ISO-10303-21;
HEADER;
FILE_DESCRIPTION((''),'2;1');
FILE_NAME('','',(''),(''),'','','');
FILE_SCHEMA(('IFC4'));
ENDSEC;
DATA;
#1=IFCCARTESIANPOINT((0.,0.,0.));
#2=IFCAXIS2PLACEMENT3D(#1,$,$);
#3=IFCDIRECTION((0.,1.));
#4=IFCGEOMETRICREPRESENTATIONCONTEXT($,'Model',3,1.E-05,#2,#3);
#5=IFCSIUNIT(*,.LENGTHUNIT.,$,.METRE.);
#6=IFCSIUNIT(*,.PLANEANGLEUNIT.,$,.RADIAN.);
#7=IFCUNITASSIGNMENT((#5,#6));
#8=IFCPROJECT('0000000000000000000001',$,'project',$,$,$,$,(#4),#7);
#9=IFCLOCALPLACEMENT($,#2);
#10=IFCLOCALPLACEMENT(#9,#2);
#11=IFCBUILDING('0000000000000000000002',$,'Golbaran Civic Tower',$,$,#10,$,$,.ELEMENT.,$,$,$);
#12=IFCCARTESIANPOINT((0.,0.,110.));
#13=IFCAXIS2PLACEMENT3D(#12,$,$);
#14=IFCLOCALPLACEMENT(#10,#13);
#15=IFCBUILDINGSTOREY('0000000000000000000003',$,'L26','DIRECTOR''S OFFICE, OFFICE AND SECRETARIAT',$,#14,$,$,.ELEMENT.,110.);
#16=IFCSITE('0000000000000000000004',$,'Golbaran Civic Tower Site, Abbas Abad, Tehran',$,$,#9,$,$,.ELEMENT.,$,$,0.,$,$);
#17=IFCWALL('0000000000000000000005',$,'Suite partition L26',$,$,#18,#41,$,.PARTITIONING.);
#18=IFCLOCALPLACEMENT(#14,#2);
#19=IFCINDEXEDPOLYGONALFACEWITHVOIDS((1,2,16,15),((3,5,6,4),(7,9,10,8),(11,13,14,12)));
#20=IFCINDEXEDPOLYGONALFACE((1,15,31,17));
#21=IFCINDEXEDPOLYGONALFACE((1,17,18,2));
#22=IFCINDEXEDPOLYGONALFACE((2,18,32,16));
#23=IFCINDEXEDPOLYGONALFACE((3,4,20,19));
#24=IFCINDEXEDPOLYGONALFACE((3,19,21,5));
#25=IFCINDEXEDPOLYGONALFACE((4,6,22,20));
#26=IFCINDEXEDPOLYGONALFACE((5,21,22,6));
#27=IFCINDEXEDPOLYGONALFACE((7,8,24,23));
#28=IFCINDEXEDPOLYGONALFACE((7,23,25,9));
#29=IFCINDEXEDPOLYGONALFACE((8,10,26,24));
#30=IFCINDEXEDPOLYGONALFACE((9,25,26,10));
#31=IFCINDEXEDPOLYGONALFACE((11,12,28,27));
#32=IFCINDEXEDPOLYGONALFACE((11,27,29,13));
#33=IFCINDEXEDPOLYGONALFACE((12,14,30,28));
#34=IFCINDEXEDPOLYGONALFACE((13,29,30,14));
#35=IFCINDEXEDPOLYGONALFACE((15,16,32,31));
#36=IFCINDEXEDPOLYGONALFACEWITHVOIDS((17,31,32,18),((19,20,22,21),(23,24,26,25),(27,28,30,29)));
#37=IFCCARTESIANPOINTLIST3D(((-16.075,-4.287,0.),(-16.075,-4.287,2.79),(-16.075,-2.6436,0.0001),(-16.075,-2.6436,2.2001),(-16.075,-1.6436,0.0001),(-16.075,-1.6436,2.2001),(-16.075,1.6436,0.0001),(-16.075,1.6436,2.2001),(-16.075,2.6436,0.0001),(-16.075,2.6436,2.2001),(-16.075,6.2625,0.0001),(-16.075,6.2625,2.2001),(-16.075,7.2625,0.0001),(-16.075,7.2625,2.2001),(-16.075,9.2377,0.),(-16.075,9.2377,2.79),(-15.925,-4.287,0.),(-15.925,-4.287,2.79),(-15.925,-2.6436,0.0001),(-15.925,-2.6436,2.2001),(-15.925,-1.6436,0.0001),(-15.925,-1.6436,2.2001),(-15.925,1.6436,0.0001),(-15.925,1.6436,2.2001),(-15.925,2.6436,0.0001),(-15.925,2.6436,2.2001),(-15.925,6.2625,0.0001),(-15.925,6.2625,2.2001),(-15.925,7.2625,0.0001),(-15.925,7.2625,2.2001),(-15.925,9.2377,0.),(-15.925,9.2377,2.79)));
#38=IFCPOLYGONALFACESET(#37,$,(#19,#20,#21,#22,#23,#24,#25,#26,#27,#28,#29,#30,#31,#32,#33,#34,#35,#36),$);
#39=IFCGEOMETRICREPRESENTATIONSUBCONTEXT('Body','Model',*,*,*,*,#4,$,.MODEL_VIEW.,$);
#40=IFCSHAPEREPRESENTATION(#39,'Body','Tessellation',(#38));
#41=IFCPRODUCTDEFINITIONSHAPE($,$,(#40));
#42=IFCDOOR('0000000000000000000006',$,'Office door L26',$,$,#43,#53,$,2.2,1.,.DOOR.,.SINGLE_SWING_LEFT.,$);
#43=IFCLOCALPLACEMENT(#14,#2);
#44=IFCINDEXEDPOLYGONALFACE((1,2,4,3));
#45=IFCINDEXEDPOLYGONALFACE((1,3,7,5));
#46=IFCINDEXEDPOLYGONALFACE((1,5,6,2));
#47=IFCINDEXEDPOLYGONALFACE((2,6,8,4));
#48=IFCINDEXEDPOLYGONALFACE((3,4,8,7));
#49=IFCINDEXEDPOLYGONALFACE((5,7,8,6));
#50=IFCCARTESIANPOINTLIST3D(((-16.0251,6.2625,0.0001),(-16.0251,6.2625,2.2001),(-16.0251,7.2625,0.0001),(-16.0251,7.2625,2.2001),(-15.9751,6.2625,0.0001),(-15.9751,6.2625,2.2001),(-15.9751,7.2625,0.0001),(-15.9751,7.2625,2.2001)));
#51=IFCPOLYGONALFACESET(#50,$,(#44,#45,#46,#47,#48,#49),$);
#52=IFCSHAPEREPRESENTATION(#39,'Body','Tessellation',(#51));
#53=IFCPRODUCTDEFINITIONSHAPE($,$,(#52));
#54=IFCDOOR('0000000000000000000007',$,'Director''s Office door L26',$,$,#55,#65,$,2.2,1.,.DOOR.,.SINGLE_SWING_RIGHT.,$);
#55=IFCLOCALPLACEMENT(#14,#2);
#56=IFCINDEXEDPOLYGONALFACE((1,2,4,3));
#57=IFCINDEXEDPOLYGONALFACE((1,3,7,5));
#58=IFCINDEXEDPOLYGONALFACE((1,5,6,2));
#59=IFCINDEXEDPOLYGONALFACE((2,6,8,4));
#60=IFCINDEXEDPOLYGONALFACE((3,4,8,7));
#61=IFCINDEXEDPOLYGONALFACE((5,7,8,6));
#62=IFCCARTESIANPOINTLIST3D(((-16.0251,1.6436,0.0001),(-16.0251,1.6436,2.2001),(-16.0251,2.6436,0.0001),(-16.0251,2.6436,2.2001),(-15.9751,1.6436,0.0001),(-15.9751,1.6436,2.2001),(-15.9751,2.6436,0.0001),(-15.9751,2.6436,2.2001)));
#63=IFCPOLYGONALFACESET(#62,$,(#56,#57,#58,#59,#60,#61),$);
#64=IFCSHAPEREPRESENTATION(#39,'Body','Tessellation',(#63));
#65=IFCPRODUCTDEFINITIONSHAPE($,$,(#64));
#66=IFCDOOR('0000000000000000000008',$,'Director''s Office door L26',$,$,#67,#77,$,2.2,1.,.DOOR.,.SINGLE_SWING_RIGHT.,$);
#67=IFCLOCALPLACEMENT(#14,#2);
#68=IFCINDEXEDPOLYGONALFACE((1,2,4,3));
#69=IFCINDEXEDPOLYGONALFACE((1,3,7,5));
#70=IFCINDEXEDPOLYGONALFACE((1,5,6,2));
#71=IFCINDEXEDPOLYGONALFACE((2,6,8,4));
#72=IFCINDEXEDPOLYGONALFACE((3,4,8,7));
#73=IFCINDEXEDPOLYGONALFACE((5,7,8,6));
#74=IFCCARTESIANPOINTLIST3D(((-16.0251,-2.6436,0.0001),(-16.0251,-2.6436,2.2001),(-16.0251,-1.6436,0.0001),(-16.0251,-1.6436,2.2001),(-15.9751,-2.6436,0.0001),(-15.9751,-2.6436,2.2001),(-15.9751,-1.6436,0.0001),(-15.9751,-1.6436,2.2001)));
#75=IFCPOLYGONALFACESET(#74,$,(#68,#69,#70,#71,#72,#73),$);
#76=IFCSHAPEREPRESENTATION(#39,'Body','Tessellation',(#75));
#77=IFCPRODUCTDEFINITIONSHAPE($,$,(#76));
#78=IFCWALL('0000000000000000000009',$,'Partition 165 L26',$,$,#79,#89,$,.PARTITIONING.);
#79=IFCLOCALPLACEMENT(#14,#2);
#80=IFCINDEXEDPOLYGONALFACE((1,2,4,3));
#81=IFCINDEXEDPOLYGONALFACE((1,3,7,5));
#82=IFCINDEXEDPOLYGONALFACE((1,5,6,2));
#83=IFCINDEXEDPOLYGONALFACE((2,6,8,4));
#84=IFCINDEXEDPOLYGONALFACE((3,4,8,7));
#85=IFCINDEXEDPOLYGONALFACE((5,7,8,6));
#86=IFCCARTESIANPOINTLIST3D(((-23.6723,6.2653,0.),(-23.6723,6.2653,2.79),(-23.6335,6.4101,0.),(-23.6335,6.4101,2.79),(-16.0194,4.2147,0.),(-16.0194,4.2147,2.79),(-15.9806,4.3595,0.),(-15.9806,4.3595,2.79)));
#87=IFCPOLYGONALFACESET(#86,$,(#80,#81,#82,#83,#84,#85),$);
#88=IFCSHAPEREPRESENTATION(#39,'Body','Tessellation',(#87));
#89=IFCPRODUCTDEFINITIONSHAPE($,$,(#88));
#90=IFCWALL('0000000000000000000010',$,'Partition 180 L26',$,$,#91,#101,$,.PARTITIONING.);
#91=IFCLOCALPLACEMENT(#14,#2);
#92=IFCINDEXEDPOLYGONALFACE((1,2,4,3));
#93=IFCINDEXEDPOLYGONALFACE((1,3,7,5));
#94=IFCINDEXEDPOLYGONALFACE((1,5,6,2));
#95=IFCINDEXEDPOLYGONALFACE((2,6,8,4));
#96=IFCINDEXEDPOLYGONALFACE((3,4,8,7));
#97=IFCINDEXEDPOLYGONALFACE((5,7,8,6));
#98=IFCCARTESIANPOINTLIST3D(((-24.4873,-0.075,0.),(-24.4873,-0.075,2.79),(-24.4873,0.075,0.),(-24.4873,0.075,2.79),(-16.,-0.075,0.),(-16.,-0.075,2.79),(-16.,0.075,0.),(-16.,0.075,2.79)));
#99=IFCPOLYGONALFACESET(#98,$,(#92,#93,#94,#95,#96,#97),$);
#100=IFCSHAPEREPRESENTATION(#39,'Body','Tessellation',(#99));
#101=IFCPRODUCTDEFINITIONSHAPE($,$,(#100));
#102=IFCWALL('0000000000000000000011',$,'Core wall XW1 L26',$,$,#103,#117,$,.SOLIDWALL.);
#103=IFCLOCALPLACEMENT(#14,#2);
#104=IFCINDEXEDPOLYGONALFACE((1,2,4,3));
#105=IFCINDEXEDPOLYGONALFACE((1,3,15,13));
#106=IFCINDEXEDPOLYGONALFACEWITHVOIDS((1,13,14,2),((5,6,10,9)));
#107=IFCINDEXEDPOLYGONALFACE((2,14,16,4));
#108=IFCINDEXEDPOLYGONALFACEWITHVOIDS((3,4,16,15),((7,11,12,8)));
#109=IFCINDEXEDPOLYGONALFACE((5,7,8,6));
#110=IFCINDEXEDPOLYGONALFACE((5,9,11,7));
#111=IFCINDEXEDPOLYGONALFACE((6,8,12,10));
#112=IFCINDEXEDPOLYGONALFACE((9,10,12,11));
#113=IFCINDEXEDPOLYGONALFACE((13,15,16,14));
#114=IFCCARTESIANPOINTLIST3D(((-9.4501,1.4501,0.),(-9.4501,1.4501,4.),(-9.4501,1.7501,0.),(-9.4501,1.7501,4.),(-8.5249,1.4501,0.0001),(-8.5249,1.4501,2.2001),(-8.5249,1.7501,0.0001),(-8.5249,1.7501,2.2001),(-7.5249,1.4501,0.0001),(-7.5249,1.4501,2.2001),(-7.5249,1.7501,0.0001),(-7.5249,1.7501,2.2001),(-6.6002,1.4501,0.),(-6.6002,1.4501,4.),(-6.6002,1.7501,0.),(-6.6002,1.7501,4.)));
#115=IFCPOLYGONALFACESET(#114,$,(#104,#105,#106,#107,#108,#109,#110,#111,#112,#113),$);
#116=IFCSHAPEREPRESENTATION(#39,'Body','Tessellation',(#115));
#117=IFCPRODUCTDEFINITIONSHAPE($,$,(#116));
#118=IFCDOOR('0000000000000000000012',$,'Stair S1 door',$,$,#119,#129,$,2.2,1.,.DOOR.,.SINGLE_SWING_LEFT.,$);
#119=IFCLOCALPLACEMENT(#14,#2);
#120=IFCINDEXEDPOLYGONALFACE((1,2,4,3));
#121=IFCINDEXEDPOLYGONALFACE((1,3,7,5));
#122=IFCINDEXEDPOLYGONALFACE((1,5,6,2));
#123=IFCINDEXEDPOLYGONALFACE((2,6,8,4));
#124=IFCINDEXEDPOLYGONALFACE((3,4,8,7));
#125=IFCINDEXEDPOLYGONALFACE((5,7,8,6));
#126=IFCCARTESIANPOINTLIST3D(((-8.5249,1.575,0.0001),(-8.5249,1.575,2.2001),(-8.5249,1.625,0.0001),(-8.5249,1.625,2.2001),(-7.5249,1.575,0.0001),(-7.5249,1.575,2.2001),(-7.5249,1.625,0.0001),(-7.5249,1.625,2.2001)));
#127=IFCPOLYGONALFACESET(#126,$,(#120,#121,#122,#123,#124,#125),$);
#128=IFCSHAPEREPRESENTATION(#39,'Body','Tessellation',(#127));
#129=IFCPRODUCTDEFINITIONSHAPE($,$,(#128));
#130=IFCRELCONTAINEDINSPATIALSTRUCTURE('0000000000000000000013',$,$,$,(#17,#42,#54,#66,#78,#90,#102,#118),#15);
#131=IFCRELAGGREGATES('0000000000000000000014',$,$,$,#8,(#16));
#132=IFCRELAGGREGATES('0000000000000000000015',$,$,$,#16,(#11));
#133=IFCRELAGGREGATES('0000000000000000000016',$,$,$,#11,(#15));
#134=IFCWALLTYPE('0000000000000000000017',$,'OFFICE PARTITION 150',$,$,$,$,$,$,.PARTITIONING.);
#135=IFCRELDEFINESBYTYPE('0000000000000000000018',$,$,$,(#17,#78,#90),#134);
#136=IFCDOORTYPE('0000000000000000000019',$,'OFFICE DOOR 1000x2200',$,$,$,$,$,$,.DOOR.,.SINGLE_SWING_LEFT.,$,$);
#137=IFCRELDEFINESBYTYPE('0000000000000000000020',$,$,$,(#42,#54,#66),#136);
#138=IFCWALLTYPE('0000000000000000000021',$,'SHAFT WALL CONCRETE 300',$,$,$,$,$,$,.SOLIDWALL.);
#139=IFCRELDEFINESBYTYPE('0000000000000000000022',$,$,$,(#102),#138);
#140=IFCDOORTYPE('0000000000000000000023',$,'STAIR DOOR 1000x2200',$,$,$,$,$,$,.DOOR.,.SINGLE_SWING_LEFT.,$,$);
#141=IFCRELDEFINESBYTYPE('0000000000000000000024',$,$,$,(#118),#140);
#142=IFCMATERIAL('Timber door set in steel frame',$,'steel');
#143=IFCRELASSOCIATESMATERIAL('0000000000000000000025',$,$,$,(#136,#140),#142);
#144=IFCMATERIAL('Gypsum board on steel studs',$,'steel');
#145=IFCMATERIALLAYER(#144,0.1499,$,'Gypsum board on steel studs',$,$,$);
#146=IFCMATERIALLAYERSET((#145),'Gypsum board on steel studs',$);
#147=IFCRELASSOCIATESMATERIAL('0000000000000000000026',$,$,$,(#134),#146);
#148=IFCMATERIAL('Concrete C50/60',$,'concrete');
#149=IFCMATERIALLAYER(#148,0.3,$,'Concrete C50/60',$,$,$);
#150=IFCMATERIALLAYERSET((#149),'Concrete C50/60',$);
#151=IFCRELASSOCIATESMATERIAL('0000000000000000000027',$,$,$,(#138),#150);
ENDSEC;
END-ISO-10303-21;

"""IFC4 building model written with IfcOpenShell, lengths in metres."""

from ifc_helpers import new_model, si_unit, direction, frame, frame_2d, origin, place, context, subcontext, project, spatial, rectangle, extrude, material, layer, layer_set, type_object, element, fill, save


model = new_model("IFC4")

# Units and contexts
model_context = context("Model", 3, precision=1e-05, world=origin(), true_north=direction((0.0, 1.0)))
body_context = subcontext(model_context, "Body", "Model", "MODEL_VIEW")
ifc_project = project(units=[si_unit("LENGTHUNIT", "METRE"), si_unit("PLANEANGLEUNIT", "RADIAN")], contexts=[model_context])

# Site, building, storey
site_placement = place(None, origin())
site = spatial("IfcSite", under=ifc_project, at=site_placement, Name="Golbaran Civic Tower Site, Abbas Abad, Tehran", CompositionType="ELEMENT", RefElevation=0.0)
building_placement = place(site_placement, origin())
building = spatial("IfcBuilding", under=site, at=building_placement, Name="Golbaran Civic Tower", CompositionType="ELEMENT")
storey_placement = place(building_placement, frame((0.0, 0.0, 110.0)))
storey = spatial("IfcBuildingStorey", under=building, at=storey_placement, Name="L26", Description="DIRECTOR'S OFFICE, OFFICE AND SECRETARIAT", CompositionType="ELEMENT", Elevation=110.0)

# Shared definitions
ifc_material_1 = material(Name="Concrete C50/60", Category="concrete")
ifc_material_2 = material(Name="Timber door set in steel frame", Category="steel")

# Shared definitions
door_type_1 = type_object("IfcDoorType", Name="OFFICE DOOR 1000x2200", OperationType="SINGLE_SWING_LEFT", PredefinedType="DOOR", material=ifc_material_2)

# Shared definitions
ifc_material_3 = material(Name="Gypsum board on steel studs", Category="steel")
ifc_layer_1 = layer(ifc_material_3, 0.1499, Name="Gypsum board on steel studs")
ifc_layer_set_1 = layer_set([ifc_layer_1], Name="Gypsum board on steel studs")
wall_type_1 = type_object("IfcWallType", Name="OFFICE PARTITION 150", PredefinedType="PARTITIONING", material=ifc_layer_set_1)

# Wall, openings, doors
wall_1_placement = place(storey_placement, frame((-16.0, 9.2375, 0.0), z_axis=(0.0, 0.0, 1.0), x_axis=(0.0, -1.0, 0.0)))
wall_1 = element("IfcWall", 1, at=wall_1_placement, inside=storey, type_object=wall_type_1, Name="Suite partition L26", PredefinedType="PARTITIONING", context=body_context, shape_type="SweptSolid", body=[
    extrude(rectangle(XDim=13.5247, YDim=0.1499, at=frame_2d((6.7622, 0.0))), origin(), (0.0, 0.0, 1.0), 2.79),
])
opening_1_placement = place(wall_1_placement, frame((1.9751, 0.0, 0.0)))
opening_1 = element("IfcOpeningElement", 2, at=opening_1_placement, cuts=wall_1, PredefinedType="OPENING", context=body_context, shape_type="SweptSolid", body=[
    extrude(rectangle(XDim=1.0, YDim=2.2, at=frame_2d((0.5, 1.1001))), frame((0.0, 0.085, 0.0), z_axis=(0.0, -1.0, 0.0), x_axis=(1.0, 0.0, 0.0)), (0.0, 0.0, 1.0), 0.1699),
])
opening_2_placement = place(wall_1_placement, frame((6.594, 0.0, 0.0)))
opening_2 = element("IfcOpeningElement", 3, at=opening_2_placement, cuts=wall_1, PredefinedType="OPENING", context=body_context, shape_type="SweptSolid", body=[
    extrude(rectangle(XDim=1.0, YDim=2.2, at=frame_2d((0.5, 1.1001))), frame((0.0, 0.085, 0.0), z_axis=(0.0, -1.0, 0.0), x_axis=(1.0, 0.0, 0.0)), (0.0, 0.0, 1.0), 0.1699),
])
opening_3_placement = place(wall_1_placement, frame((10.8811, 0.0, 0.0)))
opening_3 = element("IfcOpeningElement", 4, at=opening_3_placement, cuts=wall_1, PredefinedType="OPENING", context=body_context, shape_type="SweptSolid", body=[
    extrude(rectangle(XDim=1.0, YDim=2.2, at=frame_2d((0.5, 1.1001))), frame((0.0, 0.085, 0.0), z_axis=(0.0, -1.0, 0.0), x_axis=(1.0, 0.0, 0.0)), (0.0, 0.0, 1.0), 0.1699),
])
door_1_placement = place(opening_1_placement, origin())
door_1 = element("IfcDoor", 5, at=door_1_placement, inside=storey, type_object=door_type_1, Name="Office door L26", OperationType="SINGLE_SWING_LEFT", OverallHeight=2.2, OverallWidth=1.0, PredefinedType="DOOR", context=body_context, shape_type="SweptSolid", body=[
    extrude(rectangle(XDim=1.0, YDim=2.2, at=frame_2d((0.5, 1.1001))), frame((0.0, 0.0249, 0.0), z_axis=(0.0, -1.0, 0.0), x_axis=(1.0, 0.0, 0.0)), (0.0, 0.0, 1.0), 0.05),
])
fill(opening_1, door_1)
door_2_placement = place(opening_2_placement, origin())
door_2 = element("IfcDoor", 6, at=door_2_placement, inside=storey, type_object=door_type_1, Name="Director's Office door L26", OperationType="SINGLE_SWING_RIGHT", OverallHeight=2.2, OverallWidth=1.0, PredefinedType="DOOR", context=body_context, shape_type="SweptSolid", body=[
    extrude(rectangle(XDim=1.0, YDim=2.2, at=frame_2d((0.5, 1.1001))), frame((0.0, 0.0249, 0.0), z_axis=(0.0, -1.0, 0.0), x_axis=(1.0, 0.0, 0.0)), (0.0, 0.0, 1.0), 0.05),
])
fill(opening_2, door_2)
door_3_placement = place(opening_3_placement, origin())
door_3 = element("IfcDoor", 7, at=door_3_placement, inside=storey, type_object=door_type_1, Name="Director's Office door L26", OperationType="SINGLE_SWING_RIGHT", OverallHeight=2.2, OverallWidth=1.0, PredefinedType="DOOR", context=body_context, shape_type="SweptSolid", body=[
    extrude(rectangle(XDim=1.0, YDim=2.2, at=frame_2d((0.5, 1.1001))), frame((0.0, 0.0249, 0.0), z_axis=(0.0, -1.0, 0.0), x_axis=(1.0, 0.0, 0.0)), (0.0, 0.0, 1.0), 0.05),
])
fill(opening_3, door_3)

# Walls
wall_2_placement = place(storey_placement, frame((-16.0, 4.2871, 0.0), z_axis=(0.0, 0.0, 1.0), x_axis=(-0.965927, 0.258815, 0.0)))
element("IfcWall", 8, at=wall_2_placement, inside=storey, type_object=wall_type_1, Name="Partition 165 L26", PredefinedType="PARTITIONING", context=body_context, shape_type="SweptSolid", body=[
    extrude(rectangle(XDim=7.9229, YDim=0.1499, at=frame_2d((3.9614, 0.0))), origin(), (0.0, 0.0, 1.0), 2.79),
])
wall_3_placement = place(storey_placement, frame((-16.0, 0.0, 0.0), z_axis=(0.0, 0.0, 1.0), x_axis=(-1.0, 0.0, 0.0)))
element("IfcWall", 9, at=wall_3_placement, inside=storey, type_object=wall_type_1, Name="Partition 180 L26", PredefinedType="PARTITIONING", context=body_context, shape_type="SweptSolid", body=[
    extrude(rectangle(XDim=8.4873, YDim=0.1499, at=frame_2d((4.2437, 0.0))), origin(), (0.0, 0.0, 1.0), 2.79),
])

# Wall, opening, door
ifc_layer_2 = layer(ifc_material_1, 0.3, Name="Concrete C50/60")
ifc_layer_set_2 = layer_set([ifc_layer_2], Name="Concrete C50/60")
wall_type_2 = type_object("IfcWallType", Name="SHAFT WALL CONCRETE 300", PredefinedType="SOLIDWALL", material=ifc_layer_set_2)
wall_4_placement = place(storey_placement, frame((-9.45, 1.6001, 0.0), z_axis=(0.0, 0.0, 1.0), x_axis=(1.0, 0.0, 0.0)))
wall_4 = element("IfcWall", 10, at=wall_4_placement, inside=storey, type_object=wall_type_2, Name="Core wall XW1 L26", PredefinedType="SOLIDWALL", context=body_context, shape_type="SweptSolid", body=[
    extrude(rectangle(XDim=2.8499, YDim=0.3, at=frame_2d((1.4248, 0.0))), origin(), (0.0, 0.0, 1.0), 4.0),
])
opening_4_placement = place(wall_4_placement, frame((0.925, 0.0, 0.0)))
opening_4 = element("IfcOpeningElement", 11, at=opening_4_placement, cuts=wall_4, PredefinedType="OPENING", context=body_context, shape_type="SweptSolid", body=[
    extrude(rectangle(XDim=1.0, YDim=2.2, at=frame_2d((0.5, 1.1001))), frame((0.0, 0.1599, 0.0), z_axis=(0.0, -1.0, 0.0), x_axis=(1.0, 0.0, 0.0)), (0.0, 0.0, 1.0), 0.3201),
])
door_type_2 = type_object("IfcDoorType", Name="STAIR DOOR 1000x2200", OperationType="SINGLE_SWING_LEFT", PredefinedType="DOOR", material=ifc_material_2)
door_4_placement = place(opening_4_placement, origin())
door_4 = element("IfcDoor", 12, at=door_4_placement, inside=storey, type_object=door_type_2, Name="Stair S1 door", OperationType="SINGLE_SWING_LEFT", OverallHeight=2.2, OverallWidth=1.0, PredefinedType="DOOR", context=body_context, shape_type="SweptSolid", body=[
    extrude(rectangle(XDim=1.0, YDim=2.2, at=frame_2d((0.5, 1.1001))), frame((0.0, 0.0249, 0.0), z_axis=(0.0, -1.0, 0.0), x_axis=(1.0, 0.0, 0.0)), (0.0, 0.0, 1.0), 0.05),
])
fill(opening_4, door_4)

save(model, "model.ifc")
